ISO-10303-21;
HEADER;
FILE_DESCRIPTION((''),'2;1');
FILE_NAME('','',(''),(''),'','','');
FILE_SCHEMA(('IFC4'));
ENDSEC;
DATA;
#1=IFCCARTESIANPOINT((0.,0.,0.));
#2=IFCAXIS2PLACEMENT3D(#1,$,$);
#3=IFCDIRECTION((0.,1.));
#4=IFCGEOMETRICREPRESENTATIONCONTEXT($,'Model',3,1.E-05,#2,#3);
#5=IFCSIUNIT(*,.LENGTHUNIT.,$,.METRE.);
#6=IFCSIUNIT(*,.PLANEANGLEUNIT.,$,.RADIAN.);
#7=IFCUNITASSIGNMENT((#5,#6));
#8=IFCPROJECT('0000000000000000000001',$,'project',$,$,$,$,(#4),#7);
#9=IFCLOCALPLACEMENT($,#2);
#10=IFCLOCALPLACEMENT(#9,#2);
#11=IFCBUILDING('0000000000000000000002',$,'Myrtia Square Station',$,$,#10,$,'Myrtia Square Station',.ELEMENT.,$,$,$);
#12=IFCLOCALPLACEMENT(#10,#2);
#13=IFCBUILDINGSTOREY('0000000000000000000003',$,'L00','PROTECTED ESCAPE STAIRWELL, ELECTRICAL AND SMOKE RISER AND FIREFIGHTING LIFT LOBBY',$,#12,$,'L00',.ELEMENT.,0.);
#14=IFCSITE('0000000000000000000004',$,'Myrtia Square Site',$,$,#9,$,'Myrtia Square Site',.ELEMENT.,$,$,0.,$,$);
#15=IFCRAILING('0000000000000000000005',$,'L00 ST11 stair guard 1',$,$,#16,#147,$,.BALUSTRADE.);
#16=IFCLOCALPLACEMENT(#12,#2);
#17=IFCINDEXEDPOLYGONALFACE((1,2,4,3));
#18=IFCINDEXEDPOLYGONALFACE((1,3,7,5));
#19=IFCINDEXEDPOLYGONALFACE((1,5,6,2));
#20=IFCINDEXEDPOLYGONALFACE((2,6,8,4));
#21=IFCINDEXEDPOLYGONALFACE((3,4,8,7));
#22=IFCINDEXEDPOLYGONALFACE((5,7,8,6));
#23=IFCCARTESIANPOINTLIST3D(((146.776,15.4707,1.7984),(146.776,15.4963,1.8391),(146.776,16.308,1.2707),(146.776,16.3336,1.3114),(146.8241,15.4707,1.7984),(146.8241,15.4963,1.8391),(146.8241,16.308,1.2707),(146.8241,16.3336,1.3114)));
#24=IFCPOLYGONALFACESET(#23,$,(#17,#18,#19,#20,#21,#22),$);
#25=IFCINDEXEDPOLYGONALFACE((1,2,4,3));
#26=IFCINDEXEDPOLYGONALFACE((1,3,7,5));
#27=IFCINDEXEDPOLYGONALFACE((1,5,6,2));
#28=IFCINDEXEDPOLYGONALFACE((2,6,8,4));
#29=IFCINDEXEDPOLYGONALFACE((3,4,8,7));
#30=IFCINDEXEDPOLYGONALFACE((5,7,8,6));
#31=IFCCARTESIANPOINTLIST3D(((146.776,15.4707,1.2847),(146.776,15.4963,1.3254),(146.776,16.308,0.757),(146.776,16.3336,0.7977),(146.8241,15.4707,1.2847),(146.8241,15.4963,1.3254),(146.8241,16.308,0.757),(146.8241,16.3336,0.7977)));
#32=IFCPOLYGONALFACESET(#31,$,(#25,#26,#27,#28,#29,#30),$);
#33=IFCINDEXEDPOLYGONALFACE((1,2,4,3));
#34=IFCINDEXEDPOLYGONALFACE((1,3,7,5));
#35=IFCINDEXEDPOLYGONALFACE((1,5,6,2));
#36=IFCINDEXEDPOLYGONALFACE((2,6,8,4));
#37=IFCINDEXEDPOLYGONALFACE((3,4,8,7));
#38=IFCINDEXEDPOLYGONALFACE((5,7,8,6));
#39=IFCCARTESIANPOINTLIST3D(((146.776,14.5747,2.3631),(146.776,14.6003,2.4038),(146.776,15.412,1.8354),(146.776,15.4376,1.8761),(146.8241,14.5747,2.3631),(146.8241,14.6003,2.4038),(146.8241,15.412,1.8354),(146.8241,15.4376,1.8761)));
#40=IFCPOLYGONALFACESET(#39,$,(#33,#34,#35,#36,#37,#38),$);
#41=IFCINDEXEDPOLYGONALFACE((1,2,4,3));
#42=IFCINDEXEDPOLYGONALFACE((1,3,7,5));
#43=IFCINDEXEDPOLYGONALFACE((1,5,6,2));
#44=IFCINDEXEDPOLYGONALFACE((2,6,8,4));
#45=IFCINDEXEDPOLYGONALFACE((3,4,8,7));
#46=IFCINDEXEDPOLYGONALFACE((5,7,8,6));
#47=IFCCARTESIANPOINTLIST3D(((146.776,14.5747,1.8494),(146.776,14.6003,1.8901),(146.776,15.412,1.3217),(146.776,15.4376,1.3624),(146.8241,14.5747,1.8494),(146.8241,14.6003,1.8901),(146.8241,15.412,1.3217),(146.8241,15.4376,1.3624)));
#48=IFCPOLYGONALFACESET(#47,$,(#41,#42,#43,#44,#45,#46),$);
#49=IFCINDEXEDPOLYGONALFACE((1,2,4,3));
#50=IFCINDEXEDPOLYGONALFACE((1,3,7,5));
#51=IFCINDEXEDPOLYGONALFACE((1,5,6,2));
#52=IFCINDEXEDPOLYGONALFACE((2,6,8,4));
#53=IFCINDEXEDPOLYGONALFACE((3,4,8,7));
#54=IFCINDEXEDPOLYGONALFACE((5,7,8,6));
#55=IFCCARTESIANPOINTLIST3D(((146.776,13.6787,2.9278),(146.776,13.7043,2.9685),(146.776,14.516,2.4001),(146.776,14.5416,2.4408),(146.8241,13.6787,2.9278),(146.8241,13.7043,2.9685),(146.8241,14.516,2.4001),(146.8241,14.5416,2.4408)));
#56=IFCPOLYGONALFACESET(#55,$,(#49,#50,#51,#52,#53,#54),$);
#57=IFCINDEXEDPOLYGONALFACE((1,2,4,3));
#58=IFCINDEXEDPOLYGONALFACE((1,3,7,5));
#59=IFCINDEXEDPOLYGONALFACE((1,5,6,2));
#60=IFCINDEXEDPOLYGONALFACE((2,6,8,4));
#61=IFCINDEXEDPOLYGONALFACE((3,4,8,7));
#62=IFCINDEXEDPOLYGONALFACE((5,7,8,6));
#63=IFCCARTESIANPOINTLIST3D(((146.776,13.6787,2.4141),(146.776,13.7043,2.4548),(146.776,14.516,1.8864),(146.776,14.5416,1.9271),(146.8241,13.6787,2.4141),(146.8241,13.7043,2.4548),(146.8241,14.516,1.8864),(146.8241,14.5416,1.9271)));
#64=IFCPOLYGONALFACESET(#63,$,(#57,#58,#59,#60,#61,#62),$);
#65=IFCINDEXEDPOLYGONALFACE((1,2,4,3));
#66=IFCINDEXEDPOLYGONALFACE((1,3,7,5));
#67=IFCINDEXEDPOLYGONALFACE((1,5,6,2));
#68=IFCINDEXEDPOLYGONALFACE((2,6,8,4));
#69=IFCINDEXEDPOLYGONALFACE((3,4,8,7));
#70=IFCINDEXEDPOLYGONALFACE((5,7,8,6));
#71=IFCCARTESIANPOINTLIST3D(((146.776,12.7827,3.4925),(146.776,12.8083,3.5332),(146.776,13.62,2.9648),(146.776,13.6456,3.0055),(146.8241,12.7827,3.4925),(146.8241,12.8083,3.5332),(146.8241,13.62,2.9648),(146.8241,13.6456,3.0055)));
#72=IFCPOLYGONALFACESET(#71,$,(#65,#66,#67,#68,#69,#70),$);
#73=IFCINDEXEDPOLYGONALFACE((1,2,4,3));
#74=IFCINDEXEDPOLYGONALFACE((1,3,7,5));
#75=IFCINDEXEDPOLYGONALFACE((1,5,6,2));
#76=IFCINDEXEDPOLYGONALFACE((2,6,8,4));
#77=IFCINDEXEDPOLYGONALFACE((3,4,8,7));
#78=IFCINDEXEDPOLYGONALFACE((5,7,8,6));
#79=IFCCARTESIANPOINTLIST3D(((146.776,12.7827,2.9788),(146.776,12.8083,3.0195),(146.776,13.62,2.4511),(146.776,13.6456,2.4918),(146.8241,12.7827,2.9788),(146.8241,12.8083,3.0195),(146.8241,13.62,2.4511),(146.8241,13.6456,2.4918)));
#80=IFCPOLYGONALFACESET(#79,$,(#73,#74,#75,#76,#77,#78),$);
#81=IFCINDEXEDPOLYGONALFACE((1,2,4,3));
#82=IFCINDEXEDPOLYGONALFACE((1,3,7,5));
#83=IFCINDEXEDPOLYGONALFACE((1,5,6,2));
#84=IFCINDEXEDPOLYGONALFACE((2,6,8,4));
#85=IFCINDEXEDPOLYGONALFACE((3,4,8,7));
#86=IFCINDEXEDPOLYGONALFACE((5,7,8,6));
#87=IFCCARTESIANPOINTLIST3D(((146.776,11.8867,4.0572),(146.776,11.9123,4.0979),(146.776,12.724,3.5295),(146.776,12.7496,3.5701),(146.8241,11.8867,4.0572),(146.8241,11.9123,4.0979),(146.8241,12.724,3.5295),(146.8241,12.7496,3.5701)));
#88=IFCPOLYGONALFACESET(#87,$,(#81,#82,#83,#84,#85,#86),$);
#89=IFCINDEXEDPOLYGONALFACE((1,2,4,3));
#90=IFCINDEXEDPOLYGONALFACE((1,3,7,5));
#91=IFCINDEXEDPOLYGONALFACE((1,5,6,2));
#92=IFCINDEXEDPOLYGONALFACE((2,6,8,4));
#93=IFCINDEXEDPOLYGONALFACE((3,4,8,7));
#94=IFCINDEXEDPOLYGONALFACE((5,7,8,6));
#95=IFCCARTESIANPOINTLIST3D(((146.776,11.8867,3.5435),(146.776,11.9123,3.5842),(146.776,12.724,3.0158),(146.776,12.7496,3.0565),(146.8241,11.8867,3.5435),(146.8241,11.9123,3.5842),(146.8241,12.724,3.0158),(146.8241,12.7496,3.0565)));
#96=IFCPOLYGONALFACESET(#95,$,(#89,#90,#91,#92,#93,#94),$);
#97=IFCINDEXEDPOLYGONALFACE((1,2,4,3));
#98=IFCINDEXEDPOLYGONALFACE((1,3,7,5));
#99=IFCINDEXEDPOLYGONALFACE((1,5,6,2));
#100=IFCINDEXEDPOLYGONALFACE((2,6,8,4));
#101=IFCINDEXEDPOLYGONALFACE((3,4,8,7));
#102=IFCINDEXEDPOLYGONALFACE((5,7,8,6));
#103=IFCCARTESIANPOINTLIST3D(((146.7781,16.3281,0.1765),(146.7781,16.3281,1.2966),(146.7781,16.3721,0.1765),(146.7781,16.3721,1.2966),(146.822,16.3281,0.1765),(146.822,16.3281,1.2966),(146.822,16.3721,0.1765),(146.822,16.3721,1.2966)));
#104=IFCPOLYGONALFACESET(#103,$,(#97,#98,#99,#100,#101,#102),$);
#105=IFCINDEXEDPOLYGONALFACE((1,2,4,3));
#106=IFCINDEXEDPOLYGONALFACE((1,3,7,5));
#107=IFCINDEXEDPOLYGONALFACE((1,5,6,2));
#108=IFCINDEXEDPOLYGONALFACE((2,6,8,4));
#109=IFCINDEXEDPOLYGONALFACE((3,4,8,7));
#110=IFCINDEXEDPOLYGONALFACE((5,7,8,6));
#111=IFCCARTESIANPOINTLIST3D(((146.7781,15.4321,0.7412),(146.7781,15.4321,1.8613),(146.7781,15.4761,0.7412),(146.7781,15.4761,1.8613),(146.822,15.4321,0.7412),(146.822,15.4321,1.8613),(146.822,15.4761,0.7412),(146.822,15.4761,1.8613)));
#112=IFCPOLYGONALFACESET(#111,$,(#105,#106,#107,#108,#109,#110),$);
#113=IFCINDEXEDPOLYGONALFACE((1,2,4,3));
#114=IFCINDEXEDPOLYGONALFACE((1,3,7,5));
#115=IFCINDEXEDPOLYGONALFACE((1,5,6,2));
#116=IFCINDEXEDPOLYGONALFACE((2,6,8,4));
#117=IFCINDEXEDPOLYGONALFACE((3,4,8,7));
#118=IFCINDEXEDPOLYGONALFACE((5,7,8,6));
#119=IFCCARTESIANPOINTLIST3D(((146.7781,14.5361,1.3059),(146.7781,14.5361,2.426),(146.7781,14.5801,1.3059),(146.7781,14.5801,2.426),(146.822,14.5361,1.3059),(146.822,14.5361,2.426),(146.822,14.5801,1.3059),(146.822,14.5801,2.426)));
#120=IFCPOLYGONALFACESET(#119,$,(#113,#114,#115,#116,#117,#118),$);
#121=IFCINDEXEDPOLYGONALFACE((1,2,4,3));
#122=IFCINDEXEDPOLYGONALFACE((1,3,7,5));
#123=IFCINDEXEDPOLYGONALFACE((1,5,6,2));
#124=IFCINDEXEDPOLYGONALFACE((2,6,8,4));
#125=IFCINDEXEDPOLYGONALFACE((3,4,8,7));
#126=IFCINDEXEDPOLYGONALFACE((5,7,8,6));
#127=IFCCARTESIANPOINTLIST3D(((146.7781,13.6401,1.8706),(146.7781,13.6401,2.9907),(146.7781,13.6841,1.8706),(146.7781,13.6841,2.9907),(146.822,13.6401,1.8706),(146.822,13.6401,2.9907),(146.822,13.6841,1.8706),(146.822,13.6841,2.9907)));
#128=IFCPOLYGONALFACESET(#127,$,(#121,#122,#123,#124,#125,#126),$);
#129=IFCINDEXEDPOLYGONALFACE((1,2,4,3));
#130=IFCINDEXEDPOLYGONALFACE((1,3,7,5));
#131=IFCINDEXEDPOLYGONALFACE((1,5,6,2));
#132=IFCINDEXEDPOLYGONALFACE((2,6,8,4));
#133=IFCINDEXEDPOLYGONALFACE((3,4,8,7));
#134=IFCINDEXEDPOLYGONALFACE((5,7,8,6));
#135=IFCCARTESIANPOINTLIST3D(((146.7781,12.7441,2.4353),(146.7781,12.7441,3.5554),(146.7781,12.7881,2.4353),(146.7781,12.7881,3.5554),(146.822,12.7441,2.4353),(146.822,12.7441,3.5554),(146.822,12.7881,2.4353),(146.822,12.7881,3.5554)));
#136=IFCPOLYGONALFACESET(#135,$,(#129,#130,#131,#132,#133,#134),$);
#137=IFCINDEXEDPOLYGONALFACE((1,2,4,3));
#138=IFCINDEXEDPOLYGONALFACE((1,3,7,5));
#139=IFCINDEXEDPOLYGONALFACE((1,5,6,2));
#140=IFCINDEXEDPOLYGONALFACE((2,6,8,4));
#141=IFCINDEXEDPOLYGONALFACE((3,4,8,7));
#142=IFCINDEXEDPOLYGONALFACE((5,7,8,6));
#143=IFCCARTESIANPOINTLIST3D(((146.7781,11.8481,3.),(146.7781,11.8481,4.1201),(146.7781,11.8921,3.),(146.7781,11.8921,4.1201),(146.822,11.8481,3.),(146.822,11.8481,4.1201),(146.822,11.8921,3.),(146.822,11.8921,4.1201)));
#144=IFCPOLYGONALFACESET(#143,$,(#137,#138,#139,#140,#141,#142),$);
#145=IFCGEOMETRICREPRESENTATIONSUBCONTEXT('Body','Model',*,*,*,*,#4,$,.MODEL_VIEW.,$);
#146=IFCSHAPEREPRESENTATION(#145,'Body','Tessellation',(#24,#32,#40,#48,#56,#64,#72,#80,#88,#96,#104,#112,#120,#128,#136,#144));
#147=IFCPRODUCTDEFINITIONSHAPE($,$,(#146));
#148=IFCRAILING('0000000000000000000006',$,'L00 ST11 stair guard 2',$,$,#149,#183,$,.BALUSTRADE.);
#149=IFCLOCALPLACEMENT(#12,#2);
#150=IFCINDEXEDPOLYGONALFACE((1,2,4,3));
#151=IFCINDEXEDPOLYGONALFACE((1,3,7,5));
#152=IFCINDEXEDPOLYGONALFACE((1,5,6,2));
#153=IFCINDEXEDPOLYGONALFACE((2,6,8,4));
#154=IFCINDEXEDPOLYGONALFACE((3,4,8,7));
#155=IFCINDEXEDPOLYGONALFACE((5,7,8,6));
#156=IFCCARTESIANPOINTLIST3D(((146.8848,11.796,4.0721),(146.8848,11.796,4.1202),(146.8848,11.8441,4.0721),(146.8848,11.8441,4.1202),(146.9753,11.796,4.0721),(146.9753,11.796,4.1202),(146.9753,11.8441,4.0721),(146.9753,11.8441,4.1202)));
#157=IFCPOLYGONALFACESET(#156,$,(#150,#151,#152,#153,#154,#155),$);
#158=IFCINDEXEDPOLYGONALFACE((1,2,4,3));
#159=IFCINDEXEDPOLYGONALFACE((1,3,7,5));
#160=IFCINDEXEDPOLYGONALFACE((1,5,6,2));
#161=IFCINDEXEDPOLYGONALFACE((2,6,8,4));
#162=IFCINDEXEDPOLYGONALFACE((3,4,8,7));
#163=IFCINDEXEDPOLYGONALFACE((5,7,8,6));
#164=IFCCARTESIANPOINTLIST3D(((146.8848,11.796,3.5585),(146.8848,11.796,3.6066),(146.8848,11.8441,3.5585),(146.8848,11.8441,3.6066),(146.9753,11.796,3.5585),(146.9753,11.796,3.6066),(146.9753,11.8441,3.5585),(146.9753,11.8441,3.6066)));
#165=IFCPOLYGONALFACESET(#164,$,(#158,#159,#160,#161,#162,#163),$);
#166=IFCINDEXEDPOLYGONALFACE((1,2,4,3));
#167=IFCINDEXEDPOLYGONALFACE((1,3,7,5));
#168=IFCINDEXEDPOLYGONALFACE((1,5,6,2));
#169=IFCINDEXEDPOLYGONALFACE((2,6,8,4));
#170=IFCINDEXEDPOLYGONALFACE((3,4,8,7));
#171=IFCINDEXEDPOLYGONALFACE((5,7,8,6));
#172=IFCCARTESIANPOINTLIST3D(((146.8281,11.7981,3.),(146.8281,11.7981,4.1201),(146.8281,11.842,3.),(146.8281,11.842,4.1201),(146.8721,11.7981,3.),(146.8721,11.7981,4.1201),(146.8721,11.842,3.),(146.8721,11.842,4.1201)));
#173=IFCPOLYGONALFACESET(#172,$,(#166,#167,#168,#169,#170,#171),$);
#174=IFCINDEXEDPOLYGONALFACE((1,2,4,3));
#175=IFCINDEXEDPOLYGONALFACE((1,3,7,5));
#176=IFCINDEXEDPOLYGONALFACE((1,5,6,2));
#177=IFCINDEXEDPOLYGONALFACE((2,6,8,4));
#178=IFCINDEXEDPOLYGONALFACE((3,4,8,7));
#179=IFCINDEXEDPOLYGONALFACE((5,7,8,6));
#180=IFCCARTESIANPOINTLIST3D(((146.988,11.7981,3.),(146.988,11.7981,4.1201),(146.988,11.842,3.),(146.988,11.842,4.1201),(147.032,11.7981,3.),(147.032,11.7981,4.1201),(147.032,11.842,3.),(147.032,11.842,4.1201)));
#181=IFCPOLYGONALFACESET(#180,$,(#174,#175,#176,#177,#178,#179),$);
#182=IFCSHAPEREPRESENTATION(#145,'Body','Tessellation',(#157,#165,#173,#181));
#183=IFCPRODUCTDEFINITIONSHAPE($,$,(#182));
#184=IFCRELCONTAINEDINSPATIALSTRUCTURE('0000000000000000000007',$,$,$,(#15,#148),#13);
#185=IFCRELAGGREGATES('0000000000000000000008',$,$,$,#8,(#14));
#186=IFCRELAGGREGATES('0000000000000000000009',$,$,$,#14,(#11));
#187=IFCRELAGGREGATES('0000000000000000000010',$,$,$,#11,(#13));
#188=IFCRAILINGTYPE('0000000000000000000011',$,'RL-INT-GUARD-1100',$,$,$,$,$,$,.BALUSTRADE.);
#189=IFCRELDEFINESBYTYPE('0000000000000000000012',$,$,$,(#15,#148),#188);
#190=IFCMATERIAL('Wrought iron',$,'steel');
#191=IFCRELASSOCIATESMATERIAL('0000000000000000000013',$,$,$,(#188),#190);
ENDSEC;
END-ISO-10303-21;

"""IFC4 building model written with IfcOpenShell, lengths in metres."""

from ifc_helpers import new_model, si_unit, direction, frame, origin, origin_2d, place, context, subcontext, project, spatial, rectangle, extrude, material, type_object, element, save


model = new_model("IFC4")

# Units and contexts
model_context = context("Model", 3, precision=1e-05, world=origin(), true_north=direction((0.0, 1.0)))
body_context = subcontext(model_context, "Body", "Model", "MODEL_VIEW")
ifc_project = project(units=[si_unit("LENGTHUNIT", "METRE"), si_unit("PLANEANGLEUNIT", "RADIAN")], contexts=[model_context])

# Site, building, storey
site_placement = place(None, origin())
site = spatial("IfcSite", under=ifc_project, at=site_placement, Name="Myrtia Square Site", LongName="Myrtia Square Site", CompositionType="ELEMENT", RefElevation=0.0)
building_placement = place(site_placement, origin())
building = spatial("IfcBuilding", under=site, at=building_placement, Name="Myrtia Square Station", LongName="Myrtia Square Station", CompositionType="ELEMENT")
storey_placement = place(building_placement, origin())
storey = spatial("IfcBuildingStorey", under=building, at=storey_placement, Name="L00", Description="PROTECTED ESCAPE STAIRWELL, ELECTRICAL AND SMOKE RISER AND FIREFIGHTING LIFT LOBBY", LongName="L00", CompositionType="ELEMENT", Elevation=0.0)

# Railings
ifc_material_1 = material(Name="Wrought iron", Category="steel")
railing_type_1 = type_object("IfcRailingType", Name="RL-INT-GUARD-1100", PredefinedType="BALUSTRADE", material=ifc_material_1)
railing_1_placement = place(storey_placement, frame((146.8, 16.3501, 0.1765)))
element("IfcRailing", 1, at=railing_1_placement, inside=storey, type_object=railing_type_1, Name="L00 ST11 stair guard 1", PredefinedType="BALUSTRADE", context=body_context, shape_type="SweptSolid", body=[
    extrude(rectangle(XDim=0.0481, YDim=0.0481, at=origin_2d()), frame((0.0, -0.0293, 1.1145), z_axis=(0.0, -0.845998, 0.533186), x_axis=(1.0, 0.0, 0.0)), (0.0, 0.0, 1.0), 0.9897),
    extrude(rectangle(XDim=0.0481, YDim=0.0481, at=origin_2d()), frame((0.0, -0.0293, 0.6008), z_axis=(0.0, -0.845998, 0.533186), x_axis=(1.0, 0.0, 0.0)), (0.0, 0.0, 1.0), 0.9897),
    extrude(rectangle(XDim=0.0481, YDim=0.0481, at=origin_2d()), frame((0.0, -0.9253, 1.6792), z_axis=(0.0, -0.845998, 0.533186), x_axis=(1.0, 0.0, 0.0)), (0.0, 0.0, 1.0), 0.9897),
    extrude(rectangle(XDim=0.0481, YDim=0.0481, at=origin_2d()), frame((0.0, -0.9253, 1.1655), z_axis=(0.0, -0.845998, 0.533186), x_axis=(1.0, 0.0, 0.0)), (0.0, 0.0, 1.0), 0.9897),
    extrude(rectangle(XDim=0.0481, YDim=0.0481, at=origin_2d()), frame((0.0, -1.8213, 2.2439), z_axis=(0.0, -0.845998, 0.533186), x_axis=(1.0, 0.0, 0.0)), (0.0, 0.0, 1.0), 0.9897),
    extrude(rectangle(XDim=0.0481, YDim=0.0481, at=origin_2d()), frame((0.0, -1.8213, 1.7302), z_axis=(0.0, -0.845998, 0.533186), x_axis=(1.0, 0.0, 0.0)), (0.0, 0.0, 1.0), 0.9897),
    extrude(rectangle(XDim=0.0481, YDim=0.0481, at=origin_2d()), frame((0.0, -2.7173, 2.8086), z_axis=(0.0, -0.845998, 0.533186), x_axis=(1.0, 0.0, 0.0)), (0.0, 0.0, 1.0), 0.9897),
    extrude(rectangle(XDim=0.0481, YDim=0.0481, at=origin_2d()), frame((0.0, -2.7173, 2.2949), z_axis=(0.0, -0.845998, 0.533186), x_axis=(1.0, 0.0, 0.0)), (0.0, 0.0, 1.0), 0.9897),
    extrude(rectangle(XDim=0.0481, YDim=0.0481, at=origin_2d()), frame((0.0, -3.6133, 3.3733), z_axis=(0.0, -0.845998, 0.533186), x_axis=(1.0, 0.0, 0.0)), (0.0, 0.0, 1.0), 0.9897),
    extrude(rectangle(XDim=0.0481, YDim=0.0481, at=origin_2d()), frame((0.0, -3.6133, 2.8596), z_axis=(0.0, -0.845998, 0.533186), x_axis=(1.0, 0.0, 0.0)), (0.0, 0.0, 1.0), 0.9897),
    extrude(rectangle(XDim=0.0439, YDim=0.0439, at=origin_2d()), origin(), (0.0, 0.0, 1.0), 1.1201),
    extrude(rectangle(XDim=0.0439, YDim=0.0439, at=origin_2d()), frame((0.0, -0.896, 0.5647)), (0.0, 0.0, 1.0), 1.1201),
    extrude(rectangle(XDim=0.0439, YDim=0.0439, at=origin_2d()), frame((0.0, -1.792, 1.1294)), (0.0, 0.0, 1.0), 1.1201),
    extrude(rectangle(XDim=0.0439, YDim=0.0439, at=origin_2d()), frame((0.0, -2.688, 1.6941)), (0.0, 0.0, 1.0), 1.1201),
    extrude(rectangle(XDim=0.0439, YDim=0.0439, at=origin_2d()), frame((0.0, -3.584, 2.2588)), (0.0, 0.0, 1.0), 1.1201),
    extrude(rectangle(XDim=0.0439, YDim=0.0439, at=origin_2d()), frame((0.0, -4.48, 2.8235)), (0.0, 0.0, 1.0), 1.1201),
])
railing_2_placement = place(storey_placement, frame((146.8501, 11.8201, 3.0)))
element("IfcRailing", 2, at=railing_2_placement, inside=storey, type_object=railing_type_1, Name="L00 ST11 stair guard 2", PredefinedType="BALUSTRADE", context=body_context, shape_type="SweptSolid", body=[
    extrude(rectangle(XDim=0.0481, YDim=0.0481, at=origin_2d()), frame((0.0347, 0.0, 1.0962), z_axis=(1.0, 0.0, 0.0), x_axis=(0.0, 1.0, 0.0)), (0.0, 0.0, 1.0), 0.0906),
    extrude(rectangle(XDim=0.0481, YDim=0.0481, at=origin_2d()), frame((0.0347, 0.0, 0.5825), z_axis=(1.0, 0.0, 0.0), x_axis=(0.0, 1.0, 0.0)), (0.0, 0.0, 1.0), 0.0906),
    extrude(rectangle(XDim=0.0439, YDim=0.0439, at=origin_2d()), origin(), (0.0, 0.0, 1.0), 1.1201),
    extrude(rectangle(XDim=0.0439, YDim=0.0439, at=origin_2d()), frame((0.1599, 0.0, 0.0)), (0.0, 0.0, 1.0), 1.1201),
])

save(model, "model.ifc")
